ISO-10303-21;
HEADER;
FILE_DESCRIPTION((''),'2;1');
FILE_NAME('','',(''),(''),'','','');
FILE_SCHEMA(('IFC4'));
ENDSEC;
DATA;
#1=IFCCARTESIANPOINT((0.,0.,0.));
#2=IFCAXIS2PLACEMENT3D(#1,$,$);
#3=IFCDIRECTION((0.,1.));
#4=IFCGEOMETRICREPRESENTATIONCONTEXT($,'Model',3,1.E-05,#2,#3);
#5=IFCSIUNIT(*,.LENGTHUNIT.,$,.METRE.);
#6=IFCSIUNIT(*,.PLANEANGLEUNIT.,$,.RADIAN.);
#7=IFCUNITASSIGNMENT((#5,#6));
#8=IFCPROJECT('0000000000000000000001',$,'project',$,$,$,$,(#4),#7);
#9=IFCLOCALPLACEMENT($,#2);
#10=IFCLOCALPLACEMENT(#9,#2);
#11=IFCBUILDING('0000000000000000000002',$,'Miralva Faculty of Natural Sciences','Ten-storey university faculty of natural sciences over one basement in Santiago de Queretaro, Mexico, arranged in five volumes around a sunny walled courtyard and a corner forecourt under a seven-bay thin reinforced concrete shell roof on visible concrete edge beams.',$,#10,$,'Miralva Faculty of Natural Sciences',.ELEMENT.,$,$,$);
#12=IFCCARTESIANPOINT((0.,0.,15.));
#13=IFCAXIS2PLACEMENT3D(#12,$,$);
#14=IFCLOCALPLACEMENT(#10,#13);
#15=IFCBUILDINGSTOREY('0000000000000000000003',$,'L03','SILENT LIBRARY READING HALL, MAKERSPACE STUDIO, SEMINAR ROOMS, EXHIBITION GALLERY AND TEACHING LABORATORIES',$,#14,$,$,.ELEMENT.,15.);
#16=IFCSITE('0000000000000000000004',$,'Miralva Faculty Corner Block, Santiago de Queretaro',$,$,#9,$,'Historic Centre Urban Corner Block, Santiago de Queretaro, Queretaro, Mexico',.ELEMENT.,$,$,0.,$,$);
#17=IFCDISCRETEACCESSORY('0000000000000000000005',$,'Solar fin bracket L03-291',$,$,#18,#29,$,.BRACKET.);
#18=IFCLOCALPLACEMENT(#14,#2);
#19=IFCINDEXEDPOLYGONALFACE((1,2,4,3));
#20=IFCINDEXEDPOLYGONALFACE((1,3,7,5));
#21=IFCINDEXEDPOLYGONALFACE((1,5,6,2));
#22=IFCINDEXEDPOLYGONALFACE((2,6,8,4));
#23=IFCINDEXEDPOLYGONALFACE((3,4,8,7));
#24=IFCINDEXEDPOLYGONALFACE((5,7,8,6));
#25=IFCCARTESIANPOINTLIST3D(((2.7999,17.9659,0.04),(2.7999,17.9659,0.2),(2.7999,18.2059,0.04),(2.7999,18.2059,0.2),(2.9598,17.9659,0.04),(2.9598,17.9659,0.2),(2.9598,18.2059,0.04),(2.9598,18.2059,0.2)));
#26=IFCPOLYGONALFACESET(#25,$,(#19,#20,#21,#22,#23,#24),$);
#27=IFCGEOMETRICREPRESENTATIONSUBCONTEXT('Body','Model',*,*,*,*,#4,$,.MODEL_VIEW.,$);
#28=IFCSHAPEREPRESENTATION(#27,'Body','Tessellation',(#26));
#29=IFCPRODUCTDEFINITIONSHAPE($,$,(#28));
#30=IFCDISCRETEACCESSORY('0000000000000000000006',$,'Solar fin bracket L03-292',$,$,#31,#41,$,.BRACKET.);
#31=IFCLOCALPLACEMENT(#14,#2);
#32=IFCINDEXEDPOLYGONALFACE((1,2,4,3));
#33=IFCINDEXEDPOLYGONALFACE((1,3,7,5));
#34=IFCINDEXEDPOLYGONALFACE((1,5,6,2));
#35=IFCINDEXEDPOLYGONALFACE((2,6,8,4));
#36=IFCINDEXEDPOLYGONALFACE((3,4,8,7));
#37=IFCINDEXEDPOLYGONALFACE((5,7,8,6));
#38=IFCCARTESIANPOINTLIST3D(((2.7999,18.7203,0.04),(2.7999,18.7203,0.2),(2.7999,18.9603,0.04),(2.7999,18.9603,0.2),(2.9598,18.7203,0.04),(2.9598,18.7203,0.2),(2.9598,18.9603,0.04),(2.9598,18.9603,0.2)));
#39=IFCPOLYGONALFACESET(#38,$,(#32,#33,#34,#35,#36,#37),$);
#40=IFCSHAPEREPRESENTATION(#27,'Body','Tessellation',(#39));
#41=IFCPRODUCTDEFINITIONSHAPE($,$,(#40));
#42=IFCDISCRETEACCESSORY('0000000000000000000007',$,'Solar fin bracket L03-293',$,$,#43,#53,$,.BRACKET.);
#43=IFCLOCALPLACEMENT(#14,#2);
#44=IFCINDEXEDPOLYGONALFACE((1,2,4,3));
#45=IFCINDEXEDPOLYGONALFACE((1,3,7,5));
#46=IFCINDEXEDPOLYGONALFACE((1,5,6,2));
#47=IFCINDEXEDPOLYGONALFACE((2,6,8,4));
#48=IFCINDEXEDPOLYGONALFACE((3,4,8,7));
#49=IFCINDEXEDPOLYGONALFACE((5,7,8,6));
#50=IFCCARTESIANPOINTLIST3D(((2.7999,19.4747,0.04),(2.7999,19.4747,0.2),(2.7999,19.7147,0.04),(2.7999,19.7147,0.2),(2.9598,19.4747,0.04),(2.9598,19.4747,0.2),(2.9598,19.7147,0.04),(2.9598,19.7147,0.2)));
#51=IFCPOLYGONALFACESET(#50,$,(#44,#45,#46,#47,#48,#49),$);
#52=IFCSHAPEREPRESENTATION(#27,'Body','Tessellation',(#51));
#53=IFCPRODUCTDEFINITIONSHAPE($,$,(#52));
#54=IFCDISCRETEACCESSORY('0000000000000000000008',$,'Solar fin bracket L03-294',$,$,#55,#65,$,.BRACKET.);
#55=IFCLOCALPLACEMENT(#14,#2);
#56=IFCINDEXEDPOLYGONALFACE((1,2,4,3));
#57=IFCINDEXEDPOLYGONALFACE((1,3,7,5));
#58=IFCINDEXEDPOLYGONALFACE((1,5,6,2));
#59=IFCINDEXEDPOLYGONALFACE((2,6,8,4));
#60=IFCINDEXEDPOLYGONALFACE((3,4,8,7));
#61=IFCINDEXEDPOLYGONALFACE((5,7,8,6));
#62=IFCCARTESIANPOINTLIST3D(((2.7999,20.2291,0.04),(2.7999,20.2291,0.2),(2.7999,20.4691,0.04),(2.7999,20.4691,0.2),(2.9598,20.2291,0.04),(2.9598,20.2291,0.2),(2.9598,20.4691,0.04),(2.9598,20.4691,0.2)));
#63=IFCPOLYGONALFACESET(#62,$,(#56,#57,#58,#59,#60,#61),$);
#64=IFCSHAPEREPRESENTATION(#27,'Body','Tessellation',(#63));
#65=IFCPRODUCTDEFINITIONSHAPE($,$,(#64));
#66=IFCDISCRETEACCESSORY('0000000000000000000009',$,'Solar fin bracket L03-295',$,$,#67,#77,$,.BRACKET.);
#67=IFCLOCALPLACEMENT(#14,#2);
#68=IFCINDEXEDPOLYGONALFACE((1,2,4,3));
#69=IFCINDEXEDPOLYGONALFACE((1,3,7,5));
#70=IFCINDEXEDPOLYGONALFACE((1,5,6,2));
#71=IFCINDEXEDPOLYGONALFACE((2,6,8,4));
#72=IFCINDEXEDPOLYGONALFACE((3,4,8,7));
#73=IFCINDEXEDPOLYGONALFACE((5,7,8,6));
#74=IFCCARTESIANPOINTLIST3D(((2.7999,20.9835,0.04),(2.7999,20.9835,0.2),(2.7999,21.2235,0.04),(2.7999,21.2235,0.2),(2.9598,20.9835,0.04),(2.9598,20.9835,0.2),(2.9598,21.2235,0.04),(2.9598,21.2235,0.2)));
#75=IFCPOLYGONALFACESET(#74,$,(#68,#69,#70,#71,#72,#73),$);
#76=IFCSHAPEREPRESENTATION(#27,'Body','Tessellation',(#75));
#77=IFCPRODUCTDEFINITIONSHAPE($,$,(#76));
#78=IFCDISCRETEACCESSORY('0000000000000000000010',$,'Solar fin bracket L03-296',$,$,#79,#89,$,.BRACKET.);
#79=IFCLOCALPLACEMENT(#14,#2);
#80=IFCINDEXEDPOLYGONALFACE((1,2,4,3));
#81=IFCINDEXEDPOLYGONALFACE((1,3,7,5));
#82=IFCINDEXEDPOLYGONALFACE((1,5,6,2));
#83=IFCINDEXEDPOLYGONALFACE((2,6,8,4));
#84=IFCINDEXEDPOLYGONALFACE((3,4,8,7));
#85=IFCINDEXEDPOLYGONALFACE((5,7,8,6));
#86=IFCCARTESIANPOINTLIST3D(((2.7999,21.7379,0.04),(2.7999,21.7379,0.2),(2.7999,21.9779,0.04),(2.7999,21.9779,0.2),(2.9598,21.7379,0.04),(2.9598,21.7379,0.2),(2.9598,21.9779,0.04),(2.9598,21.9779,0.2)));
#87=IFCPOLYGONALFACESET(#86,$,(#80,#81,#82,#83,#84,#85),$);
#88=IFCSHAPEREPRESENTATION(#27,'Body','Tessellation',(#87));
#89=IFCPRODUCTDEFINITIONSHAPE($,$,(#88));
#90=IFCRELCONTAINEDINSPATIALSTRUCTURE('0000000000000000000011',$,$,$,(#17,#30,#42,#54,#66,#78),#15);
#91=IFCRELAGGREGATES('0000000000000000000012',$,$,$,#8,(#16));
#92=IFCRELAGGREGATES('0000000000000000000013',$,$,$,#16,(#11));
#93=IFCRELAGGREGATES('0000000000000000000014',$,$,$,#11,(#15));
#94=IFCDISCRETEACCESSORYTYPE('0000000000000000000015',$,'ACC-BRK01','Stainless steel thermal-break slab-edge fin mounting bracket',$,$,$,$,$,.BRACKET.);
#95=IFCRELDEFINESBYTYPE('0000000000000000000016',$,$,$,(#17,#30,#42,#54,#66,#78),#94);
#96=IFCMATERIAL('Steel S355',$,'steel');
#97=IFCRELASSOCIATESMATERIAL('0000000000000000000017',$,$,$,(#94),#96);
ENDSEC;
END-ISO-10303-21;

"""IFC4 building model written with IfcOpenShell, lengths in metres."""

from ifc_helpers import new_model, si_unit, direction, frame, origin, origin_2d, place, context, subcontext, project, spatial, rectangle, extrude, material, type_object, element, save


model = new_model("IFC4")

# Units and contexts
model_context = context("Model", 3, precision=1e-05, world=origin(), true_north=direction((0.0, 1.0)))
body_context = subcontext(model_context, "Body", "Model", "MODEL_VIEW")
ifc_project = project(units=[si_unit("LENGTHUNIT", "METRE"), si_unit("PLANEANGLEUNIT", "RADIAN")], contexts=[model_context])

# Site, building, storey
site_placement = place(None, origin())
site = spatial("IfcSite", under=ifc_project, at=site_placement, Name="Miralva Faculty Corner Block, Santiago de Queretaro", LongName="Historic Centre Urban Corner Block, Santiago de Queretaro, Queretaro, Mexico", CompositionType="ELEMENT", RefElevation=0.0)
building_placement = place(site_placement, origin())
building = spatial("IfcBuilding", under=site, at=building_placement, Name="Miralva Faculty of Natural Sciences", Description="Ten-storey university faculty of natural sciences over one basement in Santiago de Queretaro, Mexico, arranged in five volumes around a sunny walled courtyard and a corner forecourt under a seven-bay thin reinforced concrete shell roof on visible concrete edge beams.", LongName="Miralva Faculty of Natural Sciences", CompositionType="ELEMENT")
storey_placement = place(building_placement, frame((0.0, 0.0, 15.0)))
storey = spatial("IfcBuildingStorey", under=building, at=storey_placement, Name="L03", Description="SILENT LIBRARY READING HALL, MAKERSPACE STUDIO, SEMINAR ROOMS, EXHIBITION GALLERY AND TEACHING LABORATORIES", CompositionType="ELEMENT", Elevation=15.0)

# Discrete accessories
ifc_material_1 = material(Name="Steel S355", Category="steel")
discrete_accessory_type = type_object("IfcDiscreteAccessoryType", Name="ACC-BRK01", Description="Stainless steel thermal-break slab-edge fin mounting bracket", PredefinedType="BRACKET", material=ifc_material_1)
for number, where, z_axis, x_axis, name in (
    (1, (2.8799, 18.0859, 0.04), (0.0, 0.0, 1.0), (-1.0, 0.0, 0.0), "Solar fin bracket L03-291"),
    (2, (2.8799, 18.8403, 0.04), (0.0, 0.0, 1.0), (-1.0, 0.0, 0.0), "Solar fin bracket L03-292"),
    (3, (2.8799, 19.5947, 0.04), (0.0, 0.0, 1.0), (-1.0, 0.0, 0.0), "Solar fin bracket L03-293"),
    (4, (2.8799, 20.3491, 0.04), (0.0, 0.0, 1.0), (-1.0, 0.0, 0.0), "Solar fin bracket L03-294"),
    (5, (2.8799, 21.1035, 0.04), (0.0, 0.0, 1.0), (-1.0, 0.0, 0.0), "Solar fin bracket L03-295"),
    (6, (2.8799, 21.8579, 0.04), (0.0, 0.0, 1.0), (-1.0, 0.0, 0.0), "Solar fin bracket L03-296"),
):
    element("IfcDiscreteAccessory", number, at=place(storey_placement, frame(where, z_axis=z_axis, x_axis=x_axis)), inside=storey, type_object=discrete_accessory_type, Name=name, PredefinedType="BRACKET", context=body_context, shape_type="SweptSolid", body=[
        extrude(rectangle(XDim=0.1599, YDim=0.24, at=origin_2d()), origin(), (0.0, 0.0, 1.0), 0.1599),
    ])

save(model, "model.ifc")
